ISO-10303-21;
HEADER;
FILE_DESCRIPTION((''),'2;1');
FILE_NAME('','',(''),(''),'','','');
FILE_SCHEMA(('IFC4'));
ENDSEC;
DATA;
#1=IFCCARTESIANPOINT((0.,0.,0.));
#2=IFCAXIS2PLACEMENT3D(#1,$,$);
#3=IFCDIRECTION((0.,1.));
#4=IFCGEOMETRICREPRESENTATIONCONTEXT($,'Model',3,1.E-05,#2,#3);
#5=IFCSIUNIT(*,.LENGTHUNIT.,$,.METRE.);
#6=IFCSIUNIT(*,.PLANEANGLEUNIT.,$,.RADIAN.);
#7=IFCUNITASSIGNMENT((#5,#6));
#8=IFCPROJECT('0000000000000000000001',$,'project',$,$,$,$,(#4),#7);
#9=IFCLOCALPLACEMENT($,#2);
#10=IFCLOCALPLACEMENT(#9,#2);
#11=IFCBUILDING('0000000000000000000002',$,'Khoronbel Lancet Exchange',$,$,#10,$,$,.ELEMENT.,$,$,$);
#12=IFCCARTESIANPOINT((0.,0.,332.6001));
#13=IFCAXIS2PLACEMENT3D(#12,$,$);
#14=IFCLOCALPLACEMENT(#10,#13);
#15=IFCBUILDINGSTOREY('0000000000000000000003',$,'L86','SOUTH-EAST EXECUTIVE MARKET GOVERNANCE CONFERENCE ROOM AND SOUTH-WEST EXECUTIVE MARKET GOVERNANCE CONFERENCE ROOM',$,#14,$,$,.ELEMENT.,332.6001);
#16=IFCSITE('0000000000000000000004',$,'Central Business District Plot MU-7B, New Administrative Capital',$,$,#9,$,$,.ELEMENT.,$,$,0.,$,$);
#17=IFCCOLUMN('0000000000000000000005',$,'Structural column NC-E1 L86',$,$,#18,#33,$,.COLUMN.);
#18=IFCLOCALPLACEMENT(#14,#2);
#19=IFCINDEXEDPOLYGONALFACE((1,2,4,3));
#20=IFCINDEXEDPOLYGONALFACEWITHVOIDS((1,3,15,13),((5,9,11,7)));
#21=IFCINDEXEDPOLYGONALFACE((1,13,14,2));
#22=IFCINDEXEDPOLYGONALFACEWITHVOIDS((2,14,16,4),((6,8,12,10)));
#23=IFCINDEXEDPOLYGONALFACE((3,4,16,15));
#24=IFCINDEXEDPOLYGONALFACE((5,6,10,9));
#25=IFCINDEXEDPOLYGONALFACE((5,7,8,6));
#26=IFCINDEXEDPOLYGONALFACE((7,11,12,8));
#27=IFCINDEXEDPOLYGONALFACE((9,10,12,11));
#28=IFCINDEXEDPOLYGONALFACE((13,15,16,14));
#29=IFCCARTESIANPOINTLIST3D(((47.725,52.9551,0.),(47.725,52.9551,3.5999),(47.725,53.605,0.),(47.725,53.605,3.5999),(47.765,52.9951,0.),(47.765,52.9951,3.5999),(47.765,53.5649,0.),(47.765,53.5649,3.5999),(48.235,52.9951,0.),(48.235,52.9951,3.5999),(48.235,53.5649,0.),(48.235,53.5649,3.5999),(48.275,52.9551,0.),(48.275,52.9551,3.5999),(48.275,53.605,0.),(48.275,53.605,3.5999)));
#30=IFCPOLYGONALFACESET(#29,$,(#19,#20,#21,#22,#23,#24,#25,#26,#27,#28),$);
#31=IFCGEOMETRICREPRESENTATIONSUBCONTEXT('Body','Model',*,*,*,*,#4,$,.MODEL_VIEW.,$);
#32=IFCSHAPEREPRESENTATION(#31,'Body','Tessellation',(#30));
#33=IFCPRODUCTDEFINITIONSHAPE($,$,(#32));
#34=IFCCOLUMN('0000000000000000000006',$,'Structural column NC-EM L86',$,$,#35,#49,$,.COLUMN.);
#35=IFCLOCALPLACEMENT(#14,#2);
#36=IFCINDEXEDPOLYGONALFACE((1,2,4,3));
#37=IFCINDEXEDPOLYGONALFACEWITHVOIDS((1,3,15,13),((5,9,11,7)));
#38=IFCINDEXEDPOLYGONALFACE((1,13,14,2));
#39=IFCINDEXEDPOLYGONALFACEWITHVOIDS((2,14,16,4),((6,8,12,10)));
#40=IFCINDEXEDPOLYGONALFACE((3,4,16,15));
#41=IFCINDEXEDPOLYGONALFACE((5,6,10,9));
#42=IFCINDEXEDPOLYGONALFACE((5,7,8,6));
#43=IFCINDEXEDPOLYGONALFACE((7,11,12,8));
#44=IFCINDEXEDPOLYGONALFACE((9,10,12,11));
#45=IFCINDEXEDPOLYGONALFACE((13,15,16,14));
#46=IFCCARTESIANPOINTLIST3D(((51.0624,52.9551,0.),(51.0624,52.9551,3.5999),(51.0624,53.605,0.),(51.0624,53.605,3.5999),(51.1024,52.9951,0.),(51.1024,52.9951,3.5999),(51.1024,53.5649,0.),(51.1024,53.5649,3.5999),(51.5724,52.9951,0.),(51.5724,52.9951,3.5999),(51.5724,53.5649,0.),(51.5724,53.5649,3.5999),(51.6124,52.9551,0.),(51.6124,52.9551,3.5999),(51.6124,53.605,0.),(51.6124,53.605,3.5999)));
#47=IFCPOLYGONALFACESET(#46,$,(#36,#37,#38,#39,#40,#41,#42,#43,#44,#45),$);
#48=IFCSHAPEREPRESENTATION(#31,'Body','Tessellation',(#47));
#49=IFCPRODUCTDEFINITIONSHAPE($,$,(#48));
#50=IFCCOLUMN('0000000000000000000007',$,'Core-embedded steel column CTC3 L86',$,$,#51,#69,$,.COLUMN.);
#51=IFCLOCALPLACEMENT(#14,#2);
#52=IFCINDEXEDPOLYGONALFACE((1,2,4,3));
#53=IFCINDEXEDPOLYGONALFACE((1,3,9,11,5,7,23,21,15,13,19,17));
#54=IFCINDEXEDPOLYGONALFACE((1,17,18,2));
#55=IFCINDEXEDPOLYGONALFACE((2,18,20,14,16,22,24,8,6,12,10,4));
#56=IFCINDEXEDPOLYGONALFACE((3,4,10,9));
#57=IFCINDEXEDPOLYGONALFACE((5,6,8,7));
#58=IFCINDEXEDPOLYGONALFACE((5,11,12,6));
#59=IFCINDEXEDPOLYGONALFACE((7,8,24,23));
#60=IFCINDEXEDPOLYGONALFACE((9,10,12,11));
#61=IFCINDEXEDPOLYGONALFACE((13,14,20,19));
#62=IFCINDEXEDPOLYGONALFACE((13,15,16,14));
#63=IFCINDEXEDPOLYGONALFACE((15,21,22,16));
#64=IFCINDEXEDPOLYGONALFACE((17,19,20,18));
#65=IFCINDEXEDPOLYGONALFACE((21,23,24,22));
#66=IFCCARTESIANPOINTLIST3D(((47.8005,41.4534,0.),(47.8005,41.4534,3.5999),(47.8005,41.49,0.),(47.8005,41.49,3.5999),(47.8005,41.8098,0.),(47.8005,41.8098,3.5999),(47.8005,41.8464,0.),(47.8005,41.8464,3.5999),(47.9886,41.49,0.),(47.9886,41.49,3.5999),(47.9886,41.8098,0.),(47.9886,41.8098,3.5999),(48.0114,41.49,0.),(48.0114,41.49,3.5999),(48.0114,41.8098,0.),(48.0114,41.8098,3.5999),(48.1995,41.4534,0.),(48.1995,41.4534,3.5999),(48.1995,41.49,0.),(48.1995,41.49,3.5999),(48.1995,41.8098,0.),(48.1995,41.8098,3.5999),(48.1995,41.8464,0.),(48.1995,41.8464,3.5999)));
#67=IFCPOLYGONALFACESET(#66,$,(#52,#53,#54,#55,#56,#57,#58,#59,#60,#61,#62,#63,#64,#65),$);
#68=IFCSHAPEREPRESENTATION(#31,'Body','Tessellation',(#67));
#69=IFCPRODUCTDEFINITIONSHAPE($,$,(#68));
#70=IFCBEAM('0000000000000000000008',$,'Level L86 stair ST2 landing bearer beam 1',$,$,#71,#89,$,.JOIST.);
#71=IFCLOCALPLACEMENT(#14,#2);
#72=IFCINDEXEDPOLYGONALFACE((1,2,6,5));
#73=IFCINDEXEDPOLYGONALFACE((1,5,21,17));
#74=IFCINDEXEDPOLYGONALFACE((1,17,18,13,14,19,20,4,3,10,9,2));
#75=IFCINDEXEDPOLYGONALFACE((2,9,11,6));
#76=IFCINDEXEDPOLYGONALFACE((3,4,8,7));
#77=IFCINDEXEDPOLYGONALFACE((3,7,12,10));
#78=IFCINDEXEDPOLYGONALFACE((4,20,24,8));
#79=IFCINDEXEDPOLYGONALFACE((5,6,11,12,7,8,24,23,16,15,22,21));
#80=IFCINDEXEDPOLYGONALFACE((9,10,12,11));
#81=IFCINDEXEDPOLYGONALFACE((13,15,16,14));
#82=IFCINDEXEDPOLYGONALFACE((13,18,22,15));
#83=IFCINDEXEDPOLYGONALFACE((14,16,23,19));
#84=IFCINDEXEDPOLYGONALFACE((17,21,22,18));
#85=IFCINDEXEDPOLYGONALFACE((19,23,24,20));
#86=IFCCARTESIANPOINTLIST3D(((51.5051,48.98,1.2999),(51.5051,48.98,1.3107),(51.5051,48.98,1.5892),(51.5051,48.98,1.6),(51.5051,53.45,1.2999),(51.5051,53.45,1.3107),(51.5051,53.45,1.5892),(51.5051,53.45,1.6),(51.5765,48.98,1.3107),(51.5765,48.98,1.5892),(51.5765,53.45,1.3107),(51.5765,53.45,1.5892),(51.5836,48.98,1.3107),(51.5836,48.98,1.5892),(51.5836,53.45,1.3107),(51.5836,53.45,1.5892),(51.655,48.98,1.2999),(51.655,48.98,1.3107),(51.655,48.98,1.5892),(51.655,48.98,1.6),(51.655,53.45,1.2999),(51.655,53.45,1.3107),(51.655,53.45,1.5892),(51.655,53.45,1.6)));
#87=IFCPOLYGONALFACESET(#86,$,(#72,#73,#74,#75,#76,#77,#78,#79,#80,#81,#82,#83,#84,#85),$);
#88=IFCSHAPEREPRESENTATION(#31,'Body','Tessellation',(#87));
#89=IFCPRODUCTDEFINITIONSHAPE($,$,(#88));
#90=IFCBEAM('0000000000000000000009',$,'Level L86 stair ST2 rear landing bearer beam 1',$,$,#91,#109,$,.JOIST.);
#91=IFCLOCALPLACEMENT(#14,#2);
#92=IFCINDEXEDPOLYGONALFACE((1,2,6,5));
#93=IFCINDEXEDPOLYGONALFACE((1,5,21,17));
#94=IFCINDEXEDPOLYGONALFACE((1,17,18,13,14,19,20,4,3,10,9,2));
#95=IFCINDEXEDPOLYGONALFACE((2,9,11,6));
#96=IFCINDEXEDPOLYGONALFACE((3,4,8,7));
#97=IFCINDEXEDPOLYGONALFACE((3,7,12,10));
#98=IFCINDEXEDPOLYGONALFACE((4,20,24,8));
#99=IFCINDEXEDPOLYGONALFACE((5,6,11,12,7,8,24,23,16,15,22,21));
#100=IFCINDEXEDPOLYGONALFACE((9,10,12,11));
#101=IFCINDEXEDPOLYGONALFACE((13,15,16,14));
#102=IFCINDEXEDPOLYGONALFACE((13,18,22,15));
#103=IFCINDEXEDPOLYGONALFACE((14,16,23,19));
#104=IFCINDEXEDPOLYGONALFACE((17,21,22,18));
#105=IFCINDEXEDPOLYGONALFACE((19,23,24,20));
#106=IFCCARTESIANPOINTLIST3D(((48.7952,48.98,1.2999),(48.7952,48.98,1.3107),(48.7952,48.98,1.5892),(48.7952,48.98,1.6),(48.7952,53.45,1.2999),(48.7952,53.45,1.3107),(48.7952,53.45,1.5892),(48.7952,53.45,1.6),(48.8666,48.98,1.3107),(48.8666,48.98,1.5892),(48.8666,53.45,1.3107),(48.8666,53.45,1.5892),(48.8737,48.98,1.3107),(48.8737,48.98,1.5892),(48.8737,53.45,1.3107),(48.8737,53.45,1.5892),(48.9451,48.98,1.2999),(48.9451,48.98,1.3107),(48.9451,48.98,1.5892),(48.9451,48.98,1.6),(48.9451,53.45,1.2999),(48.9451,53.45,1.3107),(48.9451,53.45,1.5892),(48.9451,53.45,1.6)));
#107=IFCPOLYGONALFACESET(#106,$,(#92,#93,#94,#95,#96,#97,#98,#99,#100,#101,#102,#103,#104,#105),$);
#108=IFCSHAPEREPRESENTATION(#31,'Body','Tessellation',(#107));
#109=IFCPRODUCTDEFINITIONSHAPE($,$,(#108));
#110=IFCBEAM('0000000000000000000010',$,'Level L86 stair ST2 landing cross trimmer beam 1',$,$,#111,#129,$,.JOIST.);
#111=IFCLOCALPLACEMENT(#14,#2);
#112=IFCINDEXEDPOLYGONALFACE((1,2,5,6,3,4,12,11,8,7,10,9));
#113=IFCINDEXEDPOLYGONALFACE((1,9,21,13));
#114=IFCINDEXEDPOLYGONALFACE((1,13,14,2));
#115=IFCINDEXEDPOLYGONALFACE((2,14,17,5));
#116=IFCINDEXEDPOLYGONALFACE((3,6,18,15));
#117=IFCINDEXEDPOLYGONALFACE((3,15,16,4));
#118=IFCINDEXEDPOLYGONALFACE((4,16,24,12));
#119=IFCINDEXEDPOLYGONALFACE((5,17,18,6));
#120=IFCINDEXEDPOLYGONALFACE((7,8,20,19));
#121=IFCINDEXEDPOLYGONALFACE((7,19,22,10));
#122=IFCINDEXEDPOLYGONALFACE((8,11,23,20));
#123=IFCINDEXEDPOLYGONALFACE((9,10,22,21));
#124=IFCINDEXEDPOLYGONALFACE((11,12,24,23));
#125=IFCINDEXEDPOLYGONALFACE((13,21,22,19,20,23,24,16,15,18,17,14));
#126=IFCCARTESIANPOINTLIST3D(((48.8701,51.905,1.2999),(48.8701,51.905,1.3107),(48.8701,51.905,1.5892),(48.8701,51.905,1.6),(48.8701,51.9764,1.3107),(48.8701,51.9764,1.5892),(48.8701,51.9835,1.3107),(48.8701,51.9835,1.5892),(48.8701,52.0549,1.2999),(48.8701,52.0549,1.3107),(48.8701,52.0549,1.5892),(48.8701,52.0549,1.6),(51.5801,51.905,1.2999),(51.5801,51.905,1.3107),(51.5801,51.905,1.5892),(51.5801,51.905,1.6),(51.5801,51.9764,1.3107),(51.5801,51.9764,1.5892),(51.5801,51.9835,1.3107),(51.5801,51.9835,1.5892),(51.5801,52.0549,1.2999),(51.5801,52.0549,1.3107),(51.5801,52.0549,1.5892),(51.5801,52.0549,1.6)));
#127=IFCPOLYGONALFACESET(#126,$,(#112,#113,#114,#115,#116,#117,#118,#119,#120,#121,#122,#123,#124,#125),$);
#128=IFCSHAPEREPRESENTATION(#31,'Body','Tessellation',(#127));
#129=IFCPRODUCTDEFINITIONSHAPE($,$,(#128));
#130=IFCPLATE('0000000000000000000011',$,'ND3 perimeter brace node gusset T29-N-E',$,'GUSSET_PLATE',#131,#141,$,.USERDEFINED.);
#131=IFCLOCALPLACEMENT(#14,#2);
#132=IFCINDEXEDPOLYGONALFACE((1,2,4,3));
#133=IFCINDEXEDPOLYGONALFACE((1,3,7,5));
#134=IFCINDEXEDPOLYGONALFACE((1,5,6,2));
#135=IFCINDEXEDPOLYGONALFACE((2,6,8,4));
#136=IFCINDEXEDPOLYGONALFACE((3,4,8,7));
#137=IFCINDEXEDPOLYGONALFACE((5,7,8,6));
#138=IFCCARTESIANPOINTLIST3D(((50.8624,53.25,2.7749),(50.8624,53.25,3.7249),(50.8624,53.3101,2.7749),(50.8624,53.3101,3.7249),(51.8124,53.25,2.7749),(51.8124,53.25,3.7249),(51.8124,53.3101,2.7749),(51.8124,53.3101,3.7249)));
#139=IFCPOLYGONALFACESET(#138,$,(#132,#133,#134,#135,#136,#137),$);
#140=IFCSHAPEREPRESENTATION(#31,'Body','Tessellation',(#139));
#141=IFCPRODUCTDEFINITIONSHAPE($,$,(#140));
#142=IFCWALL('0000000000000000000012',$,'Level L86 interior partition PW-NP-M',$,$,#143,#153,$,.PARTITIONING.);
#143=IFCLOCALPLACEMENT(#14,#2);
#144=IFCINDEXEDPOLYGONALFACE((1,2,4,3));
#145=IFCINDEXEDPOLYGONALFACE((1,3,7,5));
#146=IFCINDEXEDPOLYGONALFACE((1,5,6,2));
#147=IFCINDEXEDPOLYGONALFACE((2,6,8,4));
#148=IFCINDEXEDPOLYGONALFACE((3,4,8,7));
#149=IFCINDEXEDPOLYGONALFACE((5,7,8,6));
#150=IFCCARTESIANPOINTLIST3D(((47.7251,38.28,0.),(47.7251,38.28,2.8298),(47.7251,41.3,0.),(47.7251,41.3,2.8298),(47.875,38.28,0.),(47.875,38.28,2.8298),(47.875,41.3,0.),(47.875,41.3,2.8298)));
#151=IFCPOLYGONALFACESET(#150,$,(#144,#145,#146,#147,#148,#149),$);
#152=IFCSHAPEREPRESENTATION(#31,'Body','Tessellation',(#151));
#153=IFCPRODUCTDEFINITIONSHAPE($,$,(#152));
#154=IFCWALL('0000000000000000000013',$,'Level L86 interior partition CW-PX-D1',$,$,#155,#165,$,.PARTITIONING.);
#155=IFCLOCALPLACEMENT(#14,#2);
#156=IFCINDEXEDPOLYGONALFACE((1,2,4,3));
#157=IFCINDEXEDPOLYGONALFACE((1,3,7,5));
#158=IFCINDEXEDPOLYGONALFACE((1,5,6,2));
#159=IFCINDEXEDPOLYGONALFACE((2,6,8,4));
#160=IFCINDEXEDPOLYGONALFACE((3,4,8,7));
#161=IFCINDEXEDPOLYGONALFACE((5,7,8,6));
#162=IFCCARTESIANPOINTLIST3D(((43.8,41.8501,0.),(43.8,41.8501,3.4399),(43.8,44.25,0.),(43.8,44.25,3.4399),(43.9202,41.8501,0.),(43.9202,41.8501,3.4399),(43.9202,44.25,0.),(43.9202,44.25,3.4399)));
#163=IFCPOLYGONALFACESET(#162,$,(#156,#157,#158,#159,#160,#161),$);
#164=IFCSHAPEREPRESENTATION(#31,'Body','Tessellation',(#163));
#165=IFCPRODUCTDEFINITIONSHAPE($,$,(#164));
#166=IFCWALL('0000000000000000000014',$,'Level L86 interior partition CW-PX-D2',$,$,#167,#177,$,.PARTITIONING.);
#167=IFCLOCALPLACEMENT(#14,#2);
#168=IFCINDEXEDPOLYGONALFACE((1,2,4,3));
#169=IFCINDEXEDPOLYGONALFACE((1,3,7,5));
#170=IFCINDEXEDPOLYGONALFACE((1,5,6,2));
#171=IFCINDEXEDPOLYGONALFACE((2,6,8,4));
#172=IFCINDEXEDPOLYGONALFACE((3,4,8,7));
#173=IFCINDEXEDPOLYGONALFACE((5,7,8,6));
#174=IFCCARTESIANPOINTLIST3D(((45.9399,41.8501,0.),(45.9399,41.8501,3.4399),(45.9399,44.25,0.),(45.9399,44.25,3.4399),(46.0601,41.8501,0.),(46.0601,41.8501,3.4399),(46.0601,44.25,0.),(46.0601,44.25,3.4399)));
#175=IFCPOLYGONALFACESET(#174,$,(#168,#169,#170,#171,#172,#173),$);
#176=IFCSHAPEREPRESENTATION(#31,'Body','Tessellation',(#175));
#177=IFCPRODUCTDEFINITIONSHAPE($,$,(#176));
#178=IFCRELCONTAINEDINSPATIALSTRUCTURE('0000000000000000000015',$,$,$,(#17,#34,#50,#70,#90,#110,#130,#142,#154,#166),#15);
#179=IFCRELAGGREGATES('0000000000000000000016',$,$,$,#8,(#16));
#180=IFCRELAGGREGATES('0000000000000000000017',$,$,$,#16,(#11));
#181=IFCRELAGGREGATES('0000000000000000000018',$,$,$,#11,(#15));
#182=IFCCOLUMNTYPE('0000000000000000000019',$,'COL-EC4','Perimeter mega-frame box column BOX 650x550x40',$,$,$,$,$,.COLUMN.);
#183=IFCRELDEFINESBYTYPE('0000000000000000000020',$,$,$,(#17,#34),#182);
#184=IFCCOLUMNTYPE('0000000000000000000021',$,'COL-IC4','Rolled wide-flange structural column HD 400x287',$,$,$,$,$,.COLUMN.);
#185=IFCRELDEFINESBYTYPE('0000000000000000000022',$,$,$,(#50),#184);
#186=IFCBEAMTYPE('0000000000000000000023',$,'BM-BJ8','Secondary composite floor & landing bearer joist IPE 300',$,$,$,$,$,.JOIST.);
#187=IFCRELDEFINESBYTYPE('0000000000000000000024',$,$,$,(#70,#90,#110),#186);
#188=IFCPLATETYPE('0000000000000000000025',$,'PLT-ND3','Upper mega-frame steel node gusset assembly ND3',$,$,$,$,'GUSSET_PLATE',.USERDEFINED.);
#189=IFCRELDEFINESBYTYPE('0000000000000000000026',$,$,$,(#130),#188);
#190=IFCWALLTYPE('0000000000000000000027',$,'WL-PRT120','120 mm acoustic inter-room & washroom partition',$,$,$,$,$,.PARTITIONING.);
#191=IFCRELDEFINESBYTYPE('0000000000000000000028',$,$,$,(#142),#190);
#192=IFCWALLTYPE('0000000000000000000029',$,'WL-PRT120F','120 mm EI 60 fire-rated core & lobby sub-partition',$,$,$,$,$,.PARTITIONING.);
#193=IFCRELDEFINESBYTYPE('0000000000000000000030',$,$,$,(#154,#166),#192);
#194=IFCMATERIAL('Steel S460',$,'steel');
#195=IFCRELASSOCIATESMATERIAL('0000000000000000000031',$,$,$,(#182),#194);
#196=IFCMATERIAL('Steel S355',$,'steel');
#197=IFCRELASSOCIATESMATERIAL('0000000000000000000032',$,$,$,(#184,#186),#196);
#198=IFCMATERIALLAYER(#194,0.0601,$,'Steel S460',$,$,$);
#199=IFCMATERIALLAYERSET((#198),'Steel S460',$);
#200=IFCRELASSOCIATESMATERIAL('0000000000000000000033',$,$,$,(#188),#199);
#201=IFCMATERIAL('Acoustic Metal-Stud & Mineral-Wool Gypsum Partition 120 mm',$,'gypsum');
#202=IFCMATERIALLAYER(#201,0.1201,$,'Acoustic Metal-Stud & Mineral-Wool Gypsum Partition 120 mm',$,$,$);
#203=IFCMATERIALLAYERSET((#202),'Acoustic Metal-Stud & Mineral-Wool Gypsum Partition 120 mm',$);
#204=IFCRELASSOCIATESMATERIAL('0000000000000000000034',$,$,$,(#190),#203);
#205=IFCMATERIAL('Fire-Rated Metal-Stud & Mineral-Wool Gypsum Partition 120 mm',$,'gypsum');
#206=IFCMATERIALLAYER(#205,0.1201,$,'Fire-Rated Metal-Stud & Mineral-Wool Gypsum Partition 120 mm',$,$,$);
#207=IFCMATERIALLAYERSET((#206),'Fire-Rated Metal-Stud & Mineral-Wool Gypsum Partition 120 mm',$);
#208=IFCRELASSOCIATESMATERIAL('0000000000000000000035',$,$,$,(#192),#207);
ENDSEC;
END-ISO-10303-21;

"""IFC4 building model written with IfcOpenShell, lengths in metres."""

from ifc_helpers import new_model, si_unit, direction, frame, frame_2d, origin, origin_2d, place, context, subcontext, project, spatial, rectangle, hollow_rectangle, i_section, extrude, material, layer, layer_set, material_profile, profile_set, type_object, element, save


model = new_model("IFC4")

# Units and contexts
model_context = context("Model", 3, precision=1e-05, world=origin(), true_north=direction((0.0, 1.0)))
body_context = subcontext(model_context, "Body", "Model", "MODEL_VIEW")
ifc_project = project(units=[si_unit("LENGTHUNIT", "METRE"), si_unit("PLANEANGLEUNIT", "RADIAN")], contexts=[model_context])

# Site, building, storey
site_placement = place(None, origin())
site = spatial("IfcSite", under=ifc_project, at=site_placement, Name="Central Business District Plot MU-7B, New Administrative Capital", CompositionType="ELEMENT", RefElevation=0.0)
building_placement = place(site_placement, origin())
building = spatial("IfcBuilding", under=site, at=building_placement, Name="Khoronbel Lancet Exchange", CompositionType="ELEMENT")
storey_placement = place(building_placement, frame((0.0, 0.0, 332.6001)))
storey = spatial("IfcBuildingStorey", under=building, at=storey_placement, Name="L86", Description="SOUTH-EAST EXECUTIVE MARKET GOVERNANCE CONFERENCE ROOM AND SOUTH-WEST EXECUTIVE MARKET GOVERNANCE CONFERENCE ROOM", CompositionType="ELEMENT", Elevation=332.6001)

# Columns
ifc_material_1 = material(Name="Steel S460", Category="steel")
ifc_material_profile_1 = material_profile(ifc_material_1, hollow_rectangle(XDim=0.55, YDim=0.6499, WallThickness=0.04, at=origin_2d()), Name="BOX 650x550x40")
ifc_profile_set_1 = profile_set([ifc_material_profile_1], Name="Steel S460")
column_type_1 = type_object("IfcColumnType", Name="COL-EC4", Description="Perimeter mega-frame box column BOX 650x550x40", PredefinedType="COLUMN", material=ifc_profile_set_1)
for number, where, z_axis, x_axis, name in (
    (1, (48.0, 53.28, 0.0), (0.0, 0.0, 1.0), (1.0, 0.0, 0.0), "Structural column NC-E1 L86"),
    (2, (51.3374, 53.28, 0.0), (0.0, 0.0, 1.0), (1.0, 0.0, 0.0), "Structural column NC-EM L86"),
):
    element("IfcColumn", number, at=place(storey_placement, frame(where, z_axis=z_axis, x_axis=x_axis)), inside=storey, type_object=column_type_1, Name=name, PredefinedType="COLUMN", context=body_context, shape_type="SweptSolid", body=[
        extrude(hollow_rectangle(XDim=0.55, YDim=0.6499, WallThickness=0.04, at=origin_2d()), origin(), (0.0, 0.0, 1.0), 3.5999),
    ])
ifc_material_2 = material(Name="Steel S355", Category="steel")
ifc_material_profile_2 = material_profile(ifc_material_2, i_section(OverallWidth=0.3989, OverallDepth=0.3931, WebThickness=0.0227, FlangeThickness=0.0366, at=origin_2d()), Name="HD 400x287")
ifc_profile_set_2 = profile_set([ifc_material_profile_2], Name="Steel S355")
column_type_2 = type_object("IfcColumnType", Name="COL-IC4", Description="Rolled wide-flange structural column HD 400x287", PredefinedType="COLUMN", material=ifc_profile_set_2)
column_placement = place(storey_placement, frame((48.0, 41.6499, 0.0), z_axis=(0.0, 0.0, 1.0), x_axis=(1.0, 0.0, 0.0)))
element("IfcColumn", 3, at=column_placement, inside=storey, type_object=column_type_2, Name="Core-embedded steel column CTC3 L86", PredefinedType="COLUMN", context=body_context, shape_type="SweptSolid", body=[
    extrude(i_section(OverallWidth=0.3989, OverallDepth=0.3931, WebThickness=0.0227, FlangeThickness=0.0366, at=origin_2d()), origin(), (0.0, 0.0, 1.0), 3.5999),
])

# Beams
ifc_material_profile_3 = material_profile(ifc_material_2, i_section(OverallWidth=0.1499, OverallDepth=0.3, WebThickness=0.0071, FlangeThickness=0.0107, at=origin_2d()), Name="IPE 300")
ifc_profile_set_3 = profile_set([ifc_material_profile_3], Name="Steel S355")
beam_type = type_object("IfcBeamType", Name="BM-BJ8", Description="Secondary composite floor & landing bearer joist IPE 300", PredefinedType="JOIST", material=ifc_profile_set_3)
for number, where, z_axis, x_axis, name in (
    (4, (51.5801, 48.98, 1.45), (0.0, 1.0, 0.0), (-1.0, 0.0, 0.0), "Level L86 stair ST2 landing bearer beam 1"),
    (5, (48.8701, 48.98, 1.45), (0.0, 1.0, 0.0), (-1.0, 0.0, 0.0), "Level L86 stair ST2 rear landing bearer beam 1"),
):
    element("IfcBeam", number, at=place(storey_placement, frame(where, z_axis=z_axis, x_axis=x_axis)), inside=storey, type_object=beam_type, Name=name, PredefinedType="JOIST", context=body_context, shape_type="SweptSolid", body=[
        extrude(i_section(OverallWidth=0.1499, OverallDepth=0.3, WebThickness=0.0071, FlangeThickness=0.0107, at=origin_2d()), origin(), (0.0, 0.0, 1.0), 4.47),
    ])
beam_placement = place(storey_placement, frame((48.8701, 51.98, 1.45), z_axis=(1.0, 0.0, 0.0), x_axis=(0.0, 1.0, 0.0)))
element("IfcBeam", 6, at=beam_placement, inside=storey, type_object=beam_type, Name="Level L86 stair ST2 landing cross trimmer beam 1", PredefinedType="JOIST", context=body_context, shape_type="SweptSolid", body=[
    extrude(i_section(OverallWidth=0.1499, OverallDepth=0.3, WebThickness=0.0071, FlangeThickness=0.0107, at=origin_2d()), origin(), (0.0, 0.0, 1.0), 2.71),
])

# Plate
ifc_layer_1 = layer(ifc_material_1, 0.0601, Name="Steel S460")
ifc_layer_set_1 = layer_set([ifc_layer_1], Name="Steel S460")
plate_type = type_object("IfcPlateType", Name="PLT-ND3", Description="Upper mega-frame steel node gusset assembly ND3", ElementType="GUSSET_PLATE", PredefinedType="USERDEFINED", material=ifc_layer_set_1)
plate_placement = place(storey_placement, frame((51.3374, 53.28, 2.7749), z_axis=(0.0, 0.0, 1.0), x_axis=(1.0, 0.0, 0.0)))
element("IfcPlate", 7, at=plate_placement, inside=storey, type_object=plate_type, Name="ND3 perimeter brace node gusset T29-N-E", ObjectType="GUSSET_PLATE", PredefinedType="USERDEFINED", context=body_context, shape_type="SweptSolid", body=[
    extrude(rectangle(XDim=0.95, YDim=0.0601, at=origin_2d()), origin(), (0.0, 0.0, 1.0), 0.95),
])

# Walls
ifc_material_3 = material(Name="Acoustic Metal-Stud & Mineral-Wool Gypsum Partition 120 mm", Category="gypsum")
ifc_layer_2 = layer(ifc_material_3, 0.1201, Name="Acoustic Metal-Stud & Mineral-Wool Gypsum Partition 120 mm")
ifc_layer_set_2 = layer_set([ifc_layer_2], Name="Acoustic Metal-Stud & Mineral-Wool Gypsum Partition 120 mm")
wall_type_1 = type_object("IfcWallType", Name="WL-PRT120", Description="120 mm acoustic inter-room & washroom partition", PredefinedType="PARTITIONING", material=ifc_layer_set_2)
wall_1_placement = place(storey_placement, frame((47.8, 38.28, 0.0), z_axis=(0.0, 0.0, 1.0), x_axis=(0.0, 1.0, 0.0)))
element("IfcWall", 8, at=wall_1_placement, inside=storey, type_object=wall_type_1, Name="Level L86 interior partition PW-NP-M", PredefinedType="PARTITIONING", context=body_context, shape_type="SweptSolid", body=[
    extrude(rectangle(XDim=3.02, YDim=0.1499, at=frame_2d((1.51, 0.0))), origin(), (0.0, 0.0, 1.0), 2.8298),
])
ifc_material_4 = material(Name="Fire-Rated Metal-Stud & Mineral-Wool Gypsum Partition 120 mm", Category="gypsum")
ifc_layer_3 = layer(ifc_material_4, 0.1201, Name="Fire-Rated Metal-Stud & Mineral-Wool Gypsum Partition 120 mm")
ifc_layer_set_3 = layer_set([ifc_layer_3], Name="Fire-Rated Metal-Stud & Mineral-Wool Gypsum Partition 120 mm")
wall_type_2 = type_object("IfcWallType", Name="WL-PRT120F", Description="120 mm EI 60 fire-rated core & lobby sub-partition", PredefinedType="PARTITIONING", material=ifc_layer_set_3)
for number, where, z_axis, x_axis, name in (
    (9, (43.8601, 41.8501, 0.0), (0.0, 0.0, 1.0), (0.0, 1.0, 0.0), "Level L86 interior partition CW-PX-D1"),
    (10, (46.0, 41.8501, 0.0), (0.0, 0.0, 1.0), (0.0, 1.0, 0.0), "Level L86 interior partition CW-PX-D2"),
):
    element("IfcWall", number, at=place(storey_placement, frame(where, z_axis=z_axis, x_axis=x_axis)), inside=storey, type_object=wall_type_2, Name=name, PredefinedType="PARTITIONING", context=body_context, shape_type="SweptSolid", body=[
        extrude(rectangle(XDim=2.3999, YDim=0.1201, at=frame_2d((1.2, 0.0))), origin(), (0.0, 0.0, 1.0), 3.4399),
    ])

save(model, "model.ifc")
